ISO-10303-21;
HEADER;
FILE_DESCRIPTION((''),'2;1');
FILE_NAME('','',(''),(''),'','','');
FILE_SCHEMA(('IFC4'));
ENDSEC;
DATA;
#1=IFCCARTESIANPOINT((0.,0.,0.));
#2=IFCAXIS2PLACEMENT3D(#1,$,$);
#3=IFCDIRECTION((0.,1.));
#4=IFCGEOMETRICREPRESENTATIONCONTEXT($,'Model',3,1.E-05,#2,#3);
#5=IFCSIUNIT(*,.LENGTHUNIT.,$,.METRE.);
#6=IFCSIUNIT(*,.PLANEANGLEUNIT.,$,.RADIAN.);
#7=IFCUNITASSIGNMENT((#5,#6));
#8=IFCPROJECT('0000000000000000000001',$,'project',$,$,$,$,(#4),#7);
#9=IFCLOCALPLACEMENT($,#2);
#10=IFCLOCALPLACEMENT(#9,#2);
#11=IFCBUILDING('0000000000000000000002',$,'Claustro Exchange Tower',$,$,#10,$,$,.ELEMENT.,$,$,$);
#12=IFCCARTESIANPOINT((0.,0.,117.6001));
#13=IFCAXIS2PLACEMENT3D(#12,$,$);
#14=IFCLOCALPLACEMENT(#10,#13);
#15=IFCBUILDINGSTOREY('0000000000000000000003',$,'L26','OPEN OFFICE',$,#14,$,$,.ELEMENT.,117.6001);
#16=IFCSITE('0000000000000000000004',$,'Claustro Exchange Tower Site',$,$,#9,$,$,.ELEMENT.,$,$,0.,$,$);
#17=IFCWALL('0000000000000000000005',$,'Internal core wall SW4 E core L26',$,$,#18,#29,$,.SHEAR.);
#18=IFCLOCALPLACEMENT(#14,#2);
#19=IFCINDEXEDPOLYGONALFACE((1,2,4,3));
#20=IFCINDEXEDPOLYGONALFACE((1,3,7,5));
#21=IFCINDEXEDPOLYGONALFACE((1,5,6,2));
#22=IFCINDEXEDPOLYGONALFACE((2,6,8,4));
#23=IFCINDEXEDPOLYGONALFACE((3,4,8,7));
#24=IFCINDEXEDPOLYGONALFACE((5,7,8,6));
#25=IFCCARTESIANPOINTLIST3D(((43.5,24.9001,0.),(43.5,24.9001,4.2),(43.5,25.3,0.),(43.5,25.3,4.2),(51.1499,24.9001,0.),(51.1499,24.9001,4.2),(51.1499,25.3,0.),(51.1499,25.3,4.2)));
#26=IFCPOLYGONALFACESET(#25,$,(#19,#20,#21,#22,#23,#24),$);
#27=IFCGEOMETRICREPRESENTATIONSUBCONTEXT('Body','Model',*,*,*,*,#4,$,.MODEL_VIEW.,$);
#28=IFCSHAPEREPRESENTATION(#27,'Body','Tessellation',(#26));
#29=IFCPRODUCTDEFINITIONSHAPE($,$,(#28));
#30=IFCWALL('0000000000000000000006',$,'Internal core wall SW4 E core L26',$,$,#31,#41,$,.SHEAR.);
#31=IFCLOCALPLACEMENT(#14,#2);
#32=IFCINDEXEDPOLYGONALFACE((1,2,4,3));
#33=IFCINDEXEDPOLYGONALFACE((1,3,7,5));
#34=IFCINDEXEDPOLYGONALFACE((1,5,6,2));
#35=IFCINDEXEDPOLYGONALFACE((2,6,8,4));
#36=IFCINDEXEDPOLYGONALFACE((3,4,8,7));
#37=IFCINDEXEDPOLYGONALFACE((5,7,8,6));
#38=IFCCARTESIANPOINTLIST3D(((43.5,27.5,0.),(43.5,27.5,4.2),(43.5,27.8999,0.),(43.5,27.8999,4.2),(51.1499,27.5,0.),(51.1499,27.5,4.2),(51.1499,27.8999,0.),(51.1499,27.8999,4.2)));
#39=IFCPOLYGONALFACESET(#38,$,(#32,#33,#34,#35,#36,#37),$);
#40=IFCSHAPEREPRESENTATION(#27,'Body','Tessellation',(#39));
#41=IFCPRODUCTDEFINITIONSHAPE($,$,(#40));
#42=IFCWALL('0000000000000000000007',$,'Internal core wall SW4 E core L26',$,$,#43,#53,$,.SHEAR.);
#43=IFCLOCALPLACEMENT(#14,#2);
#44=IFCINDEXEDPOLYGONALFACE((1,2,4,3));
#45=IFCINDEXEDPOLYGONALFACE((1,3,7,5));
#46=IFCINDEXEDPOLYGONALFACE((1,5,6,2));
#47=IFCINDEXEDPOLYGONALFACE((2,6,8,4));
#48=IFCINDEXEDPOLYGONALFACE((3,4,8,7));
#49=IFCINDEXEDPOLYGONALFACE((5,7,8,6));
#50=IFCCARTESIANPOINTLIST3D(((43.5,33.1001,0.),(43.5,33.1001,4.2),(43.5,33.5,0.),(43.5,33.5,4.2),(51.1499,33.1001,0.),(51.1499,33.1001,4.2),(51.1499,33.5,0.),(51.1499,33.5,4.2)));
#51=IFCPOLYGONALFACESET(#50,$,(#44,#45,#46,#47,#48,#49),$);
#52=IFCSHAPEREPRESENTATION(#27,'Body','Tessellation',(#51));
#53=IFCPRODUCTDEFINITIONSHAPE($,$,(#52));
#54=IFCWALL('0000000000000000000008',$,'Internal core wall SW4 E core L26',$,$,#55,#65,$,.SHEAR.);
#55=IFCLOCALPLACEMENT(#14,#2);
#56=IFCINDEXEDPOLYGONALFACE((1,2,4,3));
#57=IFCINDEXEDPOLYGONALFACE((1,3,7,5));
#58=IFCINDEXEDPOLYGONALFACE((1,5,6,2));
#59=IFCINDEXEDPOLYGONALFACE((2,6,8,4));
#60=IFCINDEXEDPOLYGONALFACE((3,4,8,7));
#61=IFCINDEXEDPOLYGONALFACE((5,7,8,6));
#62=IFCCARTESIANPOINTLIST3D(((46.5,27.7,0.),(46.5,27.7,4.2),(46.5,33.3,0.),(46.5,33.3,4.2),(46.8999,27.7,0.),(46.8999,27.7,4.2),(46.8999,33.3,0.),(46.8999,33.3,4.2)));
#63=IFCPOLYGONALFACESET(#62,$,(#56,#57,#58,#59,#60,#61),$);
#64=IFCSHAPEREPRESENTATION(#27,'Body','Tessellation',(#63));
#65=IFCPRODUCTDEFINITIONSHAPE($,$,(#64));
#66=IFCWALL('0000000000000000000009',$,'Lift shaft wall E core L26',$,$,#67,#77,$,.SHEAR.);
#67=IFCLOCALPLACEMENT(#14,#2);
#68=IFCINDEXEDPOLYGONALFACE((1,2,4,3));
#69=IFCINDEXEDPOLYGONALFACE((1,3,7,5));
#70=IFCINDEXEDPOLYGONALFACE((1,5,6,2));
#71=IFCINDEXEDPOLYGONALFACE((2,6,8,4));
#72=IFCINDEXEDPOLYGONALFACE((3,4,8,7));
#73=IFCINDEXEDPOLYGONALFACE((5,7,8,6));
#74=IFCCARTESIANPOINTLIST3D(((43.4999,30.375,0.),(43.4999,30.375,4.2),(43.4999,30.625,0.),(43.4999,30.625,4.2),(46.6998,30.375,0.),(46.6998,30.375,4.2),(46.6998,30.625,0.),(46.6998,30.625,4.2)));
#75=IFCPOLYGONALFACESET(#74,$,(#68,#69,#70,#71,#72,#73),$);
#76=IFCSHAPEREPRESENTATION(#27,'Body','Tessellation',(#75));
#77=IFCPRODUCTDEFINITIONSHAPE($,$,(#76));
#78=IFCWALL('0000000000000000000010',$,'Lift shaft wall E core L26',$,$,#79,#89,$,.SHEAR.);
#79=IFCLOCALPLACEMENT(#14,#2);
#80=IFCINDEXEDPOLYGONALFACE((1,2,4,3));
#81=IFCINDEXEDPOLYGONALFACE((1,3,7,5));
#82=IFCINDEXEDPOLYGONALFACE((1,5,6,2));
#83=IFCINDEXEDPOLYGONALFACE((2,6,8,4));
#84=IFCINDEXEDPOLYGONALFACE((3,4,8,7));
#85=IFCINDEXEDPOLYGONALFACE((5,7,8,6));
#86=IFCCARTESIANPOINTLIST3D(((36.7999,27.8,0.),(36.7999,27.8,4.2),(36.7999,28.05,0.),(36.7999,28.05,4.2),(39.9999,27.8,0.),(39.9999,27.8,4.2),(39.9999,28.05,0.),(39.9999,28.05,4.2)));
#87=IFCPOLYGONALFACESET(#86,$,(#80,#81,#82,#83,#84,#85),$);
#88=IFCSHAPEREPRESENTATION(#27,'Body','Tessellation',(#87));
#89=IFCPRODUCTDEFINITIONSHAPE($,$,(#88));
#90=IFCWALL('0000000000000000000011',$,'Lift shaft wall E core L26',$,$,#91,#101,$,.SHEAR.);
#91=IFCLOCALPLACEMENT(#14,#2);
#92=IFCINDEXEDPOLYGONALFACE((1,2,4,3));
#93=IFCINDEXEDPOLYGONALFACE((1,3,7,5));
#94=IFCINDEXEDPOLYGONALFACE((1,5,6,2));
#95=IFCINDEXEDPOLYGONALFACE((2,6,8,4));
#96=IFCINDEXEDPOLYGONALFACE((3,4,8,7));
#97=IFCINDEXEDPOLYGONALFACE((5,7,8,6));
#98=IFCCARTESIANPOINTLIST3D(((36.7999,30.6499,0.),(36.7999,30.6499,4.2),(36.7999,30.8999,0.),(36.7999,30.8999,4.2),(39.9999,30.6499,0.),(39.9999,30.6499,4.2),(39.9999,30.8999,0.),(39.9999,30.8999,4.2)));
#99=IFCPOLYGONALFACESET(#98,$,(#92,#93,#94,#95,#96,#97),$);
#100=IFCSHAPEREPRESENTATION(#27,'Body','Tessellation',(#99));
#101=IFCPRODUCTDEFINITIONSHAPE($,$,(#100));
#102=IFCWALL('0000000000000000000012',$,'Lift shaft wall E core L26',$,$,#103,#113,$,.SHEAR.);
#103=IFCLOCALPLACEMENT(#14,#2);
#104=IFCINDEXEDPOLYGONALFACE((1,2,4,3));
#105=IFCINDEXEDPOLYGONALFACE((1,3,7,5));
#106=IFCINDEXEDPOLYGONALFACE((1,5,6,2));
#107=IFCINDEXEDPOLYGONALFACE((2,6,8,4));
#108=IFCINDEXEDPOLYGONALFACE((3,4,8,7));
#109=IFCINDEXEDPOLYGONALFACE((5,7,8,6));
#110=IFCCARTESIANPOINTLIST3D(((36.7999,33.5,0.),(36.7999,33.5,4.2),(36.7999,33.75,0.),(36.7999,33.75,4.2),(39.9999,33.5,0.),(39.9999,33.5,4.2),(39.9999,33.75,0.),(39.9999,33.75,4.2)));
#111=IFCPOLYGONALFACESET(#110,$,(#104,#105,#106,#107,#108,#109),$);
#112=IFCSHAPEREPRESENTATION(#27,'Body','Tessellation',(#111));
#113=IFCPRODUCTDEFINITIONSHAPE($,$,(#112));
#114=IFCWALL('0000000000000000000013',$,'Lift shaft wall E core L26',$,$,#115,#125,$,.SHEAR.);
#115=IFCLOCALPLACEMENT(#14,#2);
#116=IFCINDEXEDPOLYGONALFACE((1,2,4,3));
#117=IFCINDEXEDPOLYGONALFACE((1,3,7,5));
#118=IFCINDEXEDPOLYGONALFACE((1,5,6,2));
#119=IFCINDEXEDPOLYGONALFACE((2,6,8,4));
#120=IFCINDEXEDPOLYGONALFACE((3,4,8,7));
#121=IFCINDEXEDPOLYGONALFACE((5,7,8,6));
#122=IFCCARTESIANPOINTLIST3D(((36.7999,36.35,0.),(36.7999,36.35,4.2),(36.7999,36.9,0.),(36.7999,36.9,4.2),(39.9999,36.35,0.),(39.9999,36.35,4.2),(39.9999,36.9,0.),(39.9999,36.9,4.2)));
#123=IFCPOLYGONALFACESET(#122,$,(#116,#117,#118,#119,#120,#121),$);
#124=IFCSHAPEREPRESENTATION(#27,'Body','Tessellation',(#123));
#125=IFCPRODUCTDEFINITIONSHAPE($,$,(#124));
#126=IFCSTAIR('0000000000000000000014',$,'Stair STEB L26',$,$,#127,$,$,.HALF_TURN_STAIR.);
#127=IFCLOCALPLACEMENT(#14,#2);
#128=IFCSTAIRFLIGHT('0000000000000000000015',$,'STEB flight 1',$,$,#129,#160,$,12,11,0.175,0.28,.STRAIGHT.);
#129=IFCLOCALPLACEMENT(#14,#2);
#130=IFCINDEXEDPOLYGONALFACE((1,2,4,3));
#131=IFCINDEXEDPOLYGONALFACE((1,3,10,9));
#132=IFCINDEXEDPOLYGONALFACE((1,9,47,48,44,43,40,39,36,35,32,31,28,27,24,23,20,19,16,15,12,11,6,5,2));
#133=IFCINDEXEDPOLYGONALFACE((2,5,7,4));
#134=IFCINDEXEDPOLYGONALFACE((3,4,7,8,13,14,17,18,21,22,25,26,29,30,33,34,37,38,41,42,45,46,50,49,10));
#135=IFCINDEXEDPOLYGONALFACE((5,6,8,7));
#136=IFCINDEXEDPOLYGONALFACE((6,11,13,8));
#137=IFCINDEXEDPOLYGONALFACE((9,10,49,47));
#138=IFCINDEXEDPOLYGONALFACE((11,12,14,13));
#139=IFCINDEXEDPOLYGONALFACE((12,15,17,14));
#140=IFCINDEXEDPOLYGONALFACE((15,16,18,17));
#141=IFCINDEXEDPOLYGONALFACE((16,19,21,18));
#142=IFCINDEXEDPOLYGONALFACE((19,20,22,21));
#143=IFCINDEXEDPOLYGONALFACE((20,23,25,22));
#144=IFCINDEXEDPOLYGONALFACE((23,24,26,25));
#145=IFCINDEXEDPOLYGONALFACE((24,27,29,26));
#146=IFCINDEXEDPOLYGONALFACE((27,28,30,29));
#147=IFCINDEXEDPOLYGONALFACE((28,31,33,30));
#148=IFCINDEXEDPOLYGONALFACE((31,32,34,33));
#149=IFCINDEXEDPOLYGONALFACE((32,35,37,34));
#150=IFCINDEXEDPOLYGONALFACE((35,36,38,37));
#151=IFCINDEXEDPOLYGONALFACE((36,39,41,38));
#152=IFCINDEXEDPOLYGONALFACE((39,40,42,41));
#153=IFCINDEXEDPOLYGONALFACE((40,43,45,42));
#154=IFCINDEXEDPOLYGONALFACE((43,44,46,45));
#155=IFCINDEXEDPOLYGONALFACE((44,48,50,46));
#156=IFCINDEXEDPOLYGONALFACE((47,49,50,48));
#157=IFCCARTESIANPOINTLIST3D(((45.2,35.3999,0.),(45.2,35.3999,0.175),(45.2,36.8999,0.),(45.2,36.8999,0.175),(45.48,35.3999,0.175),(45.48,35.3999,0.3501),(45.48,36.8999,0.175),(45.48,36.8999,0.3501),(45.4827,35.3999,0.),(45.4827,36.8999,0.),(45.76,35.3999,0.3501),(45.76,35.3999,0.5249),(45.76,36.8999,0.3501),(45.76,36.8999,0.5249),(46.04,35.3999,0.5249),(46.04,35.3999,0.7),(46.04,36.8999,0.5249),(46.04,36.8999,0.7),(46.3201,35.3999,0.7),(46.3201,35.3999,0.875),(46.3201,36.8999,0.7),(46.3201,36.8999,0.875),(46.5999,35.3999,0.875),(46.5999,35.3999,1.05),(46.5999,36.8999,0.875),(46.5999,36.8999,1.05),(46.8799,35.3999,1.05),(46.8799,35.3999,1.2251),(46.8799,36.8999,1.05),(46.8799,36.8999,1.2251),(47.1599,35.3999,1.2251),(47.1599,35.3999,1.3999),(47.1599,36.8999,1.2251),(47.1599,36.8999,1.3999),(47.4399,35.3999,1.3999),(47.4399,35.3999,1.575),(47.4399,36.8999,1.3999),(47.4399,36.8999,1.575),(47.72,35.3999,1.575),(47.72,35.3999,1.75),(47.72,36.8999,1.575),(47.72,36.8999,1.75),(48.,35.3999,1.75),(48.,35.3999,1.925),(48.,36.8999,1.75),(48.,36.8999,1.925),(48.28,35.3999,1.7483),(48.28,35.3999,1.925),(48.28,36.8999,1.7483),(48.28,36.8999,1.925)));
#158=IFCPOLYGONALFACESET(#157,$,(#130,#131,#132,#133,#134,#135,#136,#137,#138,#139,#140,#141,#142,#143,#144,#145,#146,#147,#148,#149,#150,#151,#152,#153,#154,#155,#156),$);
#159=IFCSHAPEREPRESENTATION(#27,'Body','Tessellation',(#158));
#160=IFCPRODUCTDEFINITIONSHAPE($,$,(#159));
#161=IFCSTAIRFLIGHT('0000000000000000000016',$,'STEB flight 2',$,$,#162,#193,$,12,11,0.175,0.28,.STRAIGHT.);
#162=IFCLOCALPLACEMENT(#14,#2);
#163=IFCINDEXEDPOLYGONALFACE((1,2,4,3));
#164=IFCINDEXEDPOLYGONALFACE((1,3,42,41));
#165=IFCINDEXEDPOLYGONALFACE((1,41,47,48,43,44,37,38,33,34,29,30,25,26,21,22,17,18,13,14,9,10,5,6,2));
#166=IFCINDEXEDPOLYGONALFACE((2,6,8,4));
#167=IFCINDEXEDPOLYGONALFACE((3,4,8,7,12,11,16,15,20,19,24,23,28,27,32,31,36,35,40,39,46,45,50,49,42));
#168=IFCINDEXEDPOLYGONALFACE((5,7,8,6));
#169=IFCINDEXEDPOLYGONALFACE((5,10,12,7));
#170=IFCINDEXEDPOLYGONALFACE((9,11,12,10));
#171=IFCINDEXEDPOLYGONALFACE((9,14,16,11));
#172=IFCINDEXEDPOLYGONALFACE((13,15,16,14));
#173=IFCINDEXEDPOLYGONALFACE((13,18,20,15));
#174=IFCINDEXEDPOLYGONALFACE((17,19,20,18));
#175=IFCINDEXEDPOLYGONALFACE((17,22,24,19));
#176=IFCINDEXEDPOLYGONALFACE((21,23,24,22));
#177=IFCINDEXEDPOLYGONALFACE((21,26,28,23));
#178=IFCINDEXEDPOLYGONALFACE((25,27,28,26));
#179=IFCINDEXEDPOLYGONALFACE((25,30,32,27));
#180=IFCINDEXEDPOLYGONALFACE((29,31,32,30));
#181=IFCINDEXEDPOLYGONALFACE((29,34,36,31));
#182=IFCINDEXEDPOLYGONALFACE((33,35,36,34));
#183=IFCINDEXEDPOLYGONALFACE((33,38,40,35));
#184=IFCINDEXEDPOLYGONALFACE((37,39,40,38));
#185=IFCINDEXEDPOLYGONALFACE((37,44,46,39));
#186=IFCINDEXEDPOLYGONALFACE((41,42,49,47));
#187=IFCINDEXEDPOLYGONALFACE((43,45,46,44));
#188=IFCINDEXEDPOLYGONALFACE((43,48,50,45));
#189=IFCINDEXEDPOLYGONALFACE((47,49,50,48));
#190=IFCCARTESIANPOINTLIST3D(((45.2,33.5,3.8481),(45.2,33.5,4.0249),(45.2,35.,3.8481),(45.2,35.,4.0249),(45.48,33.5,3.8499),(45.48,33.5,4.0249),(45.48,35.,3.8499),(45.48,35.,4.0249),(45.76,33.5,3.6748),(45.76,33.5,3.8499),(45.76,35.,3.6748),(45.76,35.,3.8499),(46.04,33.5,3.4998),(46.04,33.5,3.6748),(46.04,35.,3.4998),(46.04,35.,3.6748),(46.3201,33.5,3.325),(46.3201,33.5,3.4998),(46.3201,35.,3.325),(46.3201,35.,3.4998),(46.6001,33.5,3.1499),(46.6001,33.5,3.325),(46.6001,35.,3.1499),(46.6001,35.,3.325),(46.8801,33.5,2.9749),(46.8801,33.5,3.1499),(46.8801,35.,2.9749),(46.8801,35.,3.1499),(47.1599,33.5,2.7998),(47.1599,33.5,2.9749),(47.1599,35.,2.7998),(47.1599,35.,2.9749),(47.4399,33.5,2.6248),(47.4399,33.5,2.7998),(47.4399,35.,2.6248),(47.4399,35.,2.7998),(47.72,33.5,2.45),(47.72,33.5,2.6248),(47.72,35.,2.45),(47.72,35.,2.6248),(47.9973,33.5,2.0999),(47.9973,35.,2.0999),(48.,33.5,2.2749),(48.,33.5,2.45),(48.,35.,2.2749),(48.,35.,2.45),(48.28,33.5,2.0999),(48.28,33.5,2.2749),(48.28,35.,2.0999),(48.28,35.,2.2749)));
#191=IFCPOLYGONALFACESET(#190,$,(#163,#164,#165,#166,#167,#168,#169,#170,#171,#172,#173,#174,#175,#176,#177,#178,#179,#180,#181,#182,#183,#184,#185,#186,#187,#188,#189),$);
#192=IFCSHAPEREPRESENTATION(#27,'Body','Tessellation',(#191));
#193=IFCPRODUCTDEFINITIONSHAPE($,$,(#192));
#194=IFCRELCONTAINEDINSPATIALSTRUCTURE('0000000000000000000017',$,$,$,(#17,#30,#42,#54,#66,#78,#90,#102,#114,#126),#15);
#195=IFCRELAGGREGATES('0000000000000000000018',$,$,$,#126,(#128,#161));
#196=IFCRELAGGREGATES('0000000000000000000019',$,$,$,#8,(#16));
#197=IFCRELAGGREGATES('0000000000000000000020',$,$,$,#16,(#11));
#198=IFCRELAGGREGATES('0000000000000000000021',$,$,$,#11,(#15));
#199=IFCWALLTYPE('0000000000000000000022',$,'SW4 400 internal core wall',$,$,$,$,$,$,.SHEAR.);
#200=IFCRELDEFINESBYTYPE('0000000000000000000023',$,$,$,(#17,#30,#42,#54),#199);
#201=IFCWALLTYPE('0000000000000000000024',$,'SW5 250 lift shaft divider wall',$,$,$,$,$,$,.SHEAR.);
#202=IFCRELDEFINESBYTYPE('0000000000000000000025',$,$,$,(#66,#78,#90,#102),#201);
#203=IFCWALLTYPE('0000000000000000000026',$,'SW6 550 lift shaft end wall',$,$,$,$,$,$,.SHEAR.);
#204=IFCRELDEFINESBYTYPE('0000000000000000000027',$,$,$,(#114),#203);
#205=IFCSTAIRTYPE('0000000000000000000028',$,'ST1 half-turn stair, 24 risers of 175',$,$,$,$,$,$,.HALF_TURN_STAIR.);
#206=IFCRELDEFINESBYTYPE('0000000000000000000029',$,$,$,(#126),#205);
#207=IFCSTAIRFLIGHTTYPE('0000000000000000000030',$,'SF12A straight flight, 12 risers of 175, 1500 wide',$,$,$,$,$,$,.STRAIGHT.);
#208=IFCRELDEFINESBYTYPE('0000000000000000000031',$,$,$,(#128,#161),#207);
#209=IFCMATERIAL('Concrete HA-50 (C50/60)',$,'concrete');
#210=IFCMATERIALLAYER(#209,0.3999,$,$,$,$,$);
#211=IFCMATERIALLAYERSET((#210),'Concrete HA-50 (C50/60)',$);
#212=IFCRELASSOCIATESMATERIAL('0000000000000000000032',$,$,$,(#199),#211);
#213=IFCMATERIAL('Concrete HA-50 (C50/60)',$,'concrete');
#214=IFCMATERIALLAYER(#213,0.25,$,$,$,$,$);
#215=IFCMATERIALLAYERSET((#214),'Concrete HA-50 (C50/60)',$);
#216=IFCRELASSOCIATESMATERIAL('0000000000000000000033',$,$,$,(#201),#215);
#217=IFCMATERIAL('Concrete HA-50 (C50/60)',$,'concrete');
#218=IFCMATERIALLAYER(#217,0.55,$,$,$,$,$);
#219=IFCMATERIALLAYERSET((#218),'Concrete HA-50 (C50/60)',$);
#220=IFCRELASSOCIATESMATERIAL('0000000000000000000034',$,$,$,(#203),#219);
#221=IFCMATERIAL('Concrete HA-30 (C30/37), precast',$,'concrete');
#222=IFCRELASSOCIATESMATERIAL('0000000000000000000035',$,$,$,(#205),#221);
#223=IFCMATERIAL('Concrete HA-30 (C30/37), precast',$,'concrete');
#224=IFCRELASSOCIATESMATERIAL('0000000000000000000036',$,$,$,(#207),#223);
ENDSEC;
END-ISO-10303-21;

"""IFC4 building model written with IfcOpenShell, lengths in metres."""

from ifc_helpers import new_model, si_unit, direction, frame, frame_2d, origin, place, context, subcontext, project, spatial, polyline, rectangle, outline, extrude, material, layer, layer_set, type_object, element, aggregate, save


model = new_model("IFC4")

# Units and contexts
model_context = context("Model", 3, precision=1e-05, world=origin(), true_north=direction((0.0, 1.0)))
body_context = subcontext(model_context, "Body", "Model", "MODEL_VIEW")
ifc_project = project(units=[si_unit("LENGTHUNIT", "METRE"), si_unit("PLANEANGLEUNIT", "RADIAN")], contexts=[model_context])

# Site, building, storey
site_placement = place(None, origin())
site = spatial("IfcSite", under=ifc_project, at=site_placement, Name="Claustro Exchange Tower Site", CompositionType="ELEMENT", RefElevation=0.0)
building_placement = place(site_placement, origin())
building = spatial("IfcBuilding", under=site, at=building_placement, Name="Claustro Exchange Tower", CompositionType="ELEMENT")
storey_placement = place(building_placement, frame((0.0, 0.0, 117.6001)))
storey = spatial("IfcBuildingStorey", under=building, at=storey_placement, Name="L26", Description="OPEN OFFICE", CompositionType="ELEMENT", Elevation=117.6001)

# Walls
ifc_material_1 = material(Name="Concrete HA-50 (C50/60)", Category="concrete")
ifc_layer_1 = layer(ifc_material_1, 0.3999)
ifc_layer_set_1 = layer_set([ifc_layer_1], Name="Concrete HA-50 (C50/60)")
wall_type_1 = type_object("IfcWallType", Name="SW4 400 internal core wall", PredefinedType="SHEAR", material=ifc_layer_set_1)
for number, where, z_axis, x_axis, name in (
    (1, (51.1499, 25.1001, 0.0), (0.0, 0.0, 1.0), (-1.0, 0.0, 0.0), "Internal core wall SW4 E core L26"),
    (2, (51.1499, 27.7, 0.0), (0.0, 0.0, 1.0), (-1.0, 0.0, 0.0), "Internal core wall SW4 E core L26"),
    (3, (51.1499, 33.3, 0.0), (0.0, 0.0, 1.0), (-1.0, 0.0, 0.0), "Internal core wall SW4 E core L26"),
):
    element("IfcWall", number, at=place(storey_placement, frame(where, z_axis=z_axis, x_axis=x_axis)), inside=storey, type_object=wall_type_1, Name=name, PredefinedType="SHEAR", context=body_context, shape_type="SweptSolid", body=[
        extrude(rectangle(XDim=7.6499, YDim=0.3999, at=frame_2d((3.825, 0.0))), origin(), (0.0, 0.0, 1.0), 4.2),
    ])
wall_1_placement = place(storey_placement, frame((46.7, 27.7, 0.0), z_axis=(0.0, 0.0, 1.0), x_axis=(0.0, 1.0, 0.0)))
element("IfcWall", 4, at=wall_1_placement, inside=storey, type_object=wall_type_1, Name="Internal core wall SW4 E core L26", PredefinedType="SHEAR", context=body_context, shape_type="SweptSolid", body=[
    extrude(rectangle(XDim=5.6001, YDim=0.3999, at=frame_2d((2.8, 0.0))), origin(), (0.0, 0.0, 1.0), 4.2),
])
ifc_material_2 = material(Name="Concrete HA-50 (C50/60)", Category="concrete")
ifc_layer_2 = layer(ifc_material_2, 0.25)
ifc_layer_set_2 = layer_set([ifc_layer_2], Name="Concrete HA-50 (C50/60)")
wall_type_2 = type_object("IfcWallType", Name="SW5 250 lift shaft divider wall", PredefinedType="SHEAR", material=ifc_layer_set_2)
for number, where, z_axis, x_axis, name in (
    (5, (46.7, 30.5, 0.0), (0.0, 0.0, 1.0), (-1.0, 0.0, 0.0), "Lift shaft wall E core L26"),
    (6, (40.0, 27.925, 0.0), (0.0, 0.0, 1.0), (-1.0, 0.0, 0.0), "Lift shaft wall E core L26"),
    (7, (40.0, 30.7749, 0.0), (0.0, 0.0, 1.0), (-1.0, 0.0, 0.0), "Lift shaft wall E core L26"),
    (8, (40.0, 33.625, 0.0), (0.0, 0.0, 1.0), (-1.0, 0.0, 0.0), "Lift shaft wall E core L26"),
):
    element("IfcWall", number, at=place(storey_placement, frame(where, z_axis=z_axis, x_axis=x_axis)), inside=storey, type_object=wall_type_2, Name=name, PredefinedType="SHEAR", context=body_context, shape_type="SweptSolid", body=[
        extrude(rectangle(XDim=3.2, YDim=0.25, at=frame_2d((1.6001, 0.0))), origin(), (0.0, 0.0, 1.0), 4.2),
    ])
ifc_material_3 = material(Name="Concrete HA-50 (C50/60)", Category="concrete")
ifc_layer_3 = layer(ifc_material_3, 0.55)
ifc_layer_set_3 = layer_set([ifc_layer_3], Name="Concrete HA-50 (C50/60)")
wall_type_3 = type_object("IfcWallType", Name="SW6 550 lift shaft end wall", PredefinedType="SHEAR", material=ifc_layer_set_3)
wall_2_placement = place(storey_placement, frame((40.0, 36.625, 0.0), z_axis=(0.0, 0.0, 1.0), x_axis=(-1.0, 0.0, 0.0)))
element("IfcWall", 9, at=wall_2_placement, inside=storey, type_object=wall_type_3, Name="Lift shaft wall E core L26", PredefinedType="SHEAR", context=body_context, shape_type="SweptSolid", body=[
    extrude(rectangle(XDim=3.2, YDim=0.55, at=frame_2d((1.6001, 0.0))), origin(), (0.0, 0.0, 1.0), 4.2),
])

# Stair, stair flights
ifc_material_4 = material(Name="Concrete HA-30 (C30/37), precast", Category="concrete")
stair_type = type_object("IfcStairType", Name="ST1 half-turn stair, 24 risers of 175", PredefinedType="HALF_TURN_STAIR", material=ifc_material_4)
stair_placement = place(storey_placement, origin())
stair = element("IfcStair", 10, at=stair_placement, inside=storey, type_object=stair_type, Name="Stair STEB L26", PredefinedType="HALF_TURN_STAIR")
ifc_material_5 = material(Name="Concrete HA-30 (C30/37), precast", Category="concrete")
stair_flight_type = type_object("IfcStairFlightType", Name="SF12A straight flight, 12 risers of 175, 1500 wide", PredefinedType="STRAIGHT", material=ifc_material_5)
stair_flight_1_placement = place(storey_placement, frame((45.2, 36.1499, 0.0), z_axis=(0.0, 0.0, 1.0), x_axis=(1.0, 0.0, 0.0)))
stair_flight_1 = element("IfcStairFlight", 11, at=stair_flight_1_placement, type_object=stair_flight_type, Name="STEB flight 1", NumberOfRisers=12, NumberOfTreads=11, PredefinedType="STRAIGHT", RiserHeight=0.175, TreadLength=0.28, context=body_context, shape_type="SweptSolid", body=[
    extrude(outline(polyline([(0.0, 0.0), (0.0, 0.175), (0.28, 0.175), (0.28, 0.3501), (0.5601, 0.3501), (0.5601, 0.5249), (0.8401, 0.5249), (0.8401, 0.7), (1.1201, 0.7), (1.1201, 0.875), (1.3999, 0.875), (1.3999, 1.05), (1.6799, 1.05), (1.6799, 1.2251), (1.96, 1.2251), (1.96, 1.3999), (2.24, 1.3999), (2.24, 1.575), (2.52, 1.575), (2.52, 1.75), (2.8, 1.75), (2.8, 1.925), (3.0801, 1.925), (3.0801, 2.1001), (3.0801, 1.7483), (0.2827, 0.0), (0.0, 0.0)])), frame((0.0, 0.75, 0.0), z_axis=(0.0, -1.0, 0.0), x_axis=(1.0, 0.0, 0.0)), (0.0, 0.0, 1.0), 1.5),
])
stair_flight_2_placement = place(storey_placement, frame((48.28, 34.25, 2.0999), z_axis=(0.0, 0.0, 1.0), x_axis=(-1.0, 0.0, 0.0)))
stair_flight_2 = element("IfcStairFlight", 12, at=stair_flight_2_placement, type_object=stair_flight_type, Name="STEB flight 2", NumberOfRisers=12, NumberOfTreads=11, PredefinedType="STRAIGHT", RiserHeight=0.175, TreadLength=0.28, context=body_context, shape_type="SweptSolid", body=[
    extrude(outline(polyline([(0.0, 0.0), (0.0, 0.175), (0.28, 0.175), (0.28, 0.3501), (0.5601, 0.3501), (0.5601, 0.5249), (0.8401, 0.5249), (0.8401, 0.7), (1.1201, 0.7), (1.1201, 0.875), (1.3999, 0.875), (1.3999, 1.05), (1.6799, 1.05), (1.6799, 1.2251), (1.96, 1.2251), (1.96, 1.3999), (2.24, 1.3999), (2.24, 1.575), (2.52, 1.575), (2.52, 1.75), (2.8, 1.75), (2.8, 1.925), (3.0801, 1.925), (3.0801, 2.1001), (3.0801, 1.7483), (0.2827, 0.0), (0.0, 0.0)])), frame((0.0, 0.75, 0.0), z_axis=(0.0, -1.0, 0.0), x_axis=(1.0, 0.0, 0.0)), (0.0, 0.0, 1.0), 1.5),
])
aggregate(stair, [stair_flight_1, stair_flight_2])

save(model, "model.ifc")
